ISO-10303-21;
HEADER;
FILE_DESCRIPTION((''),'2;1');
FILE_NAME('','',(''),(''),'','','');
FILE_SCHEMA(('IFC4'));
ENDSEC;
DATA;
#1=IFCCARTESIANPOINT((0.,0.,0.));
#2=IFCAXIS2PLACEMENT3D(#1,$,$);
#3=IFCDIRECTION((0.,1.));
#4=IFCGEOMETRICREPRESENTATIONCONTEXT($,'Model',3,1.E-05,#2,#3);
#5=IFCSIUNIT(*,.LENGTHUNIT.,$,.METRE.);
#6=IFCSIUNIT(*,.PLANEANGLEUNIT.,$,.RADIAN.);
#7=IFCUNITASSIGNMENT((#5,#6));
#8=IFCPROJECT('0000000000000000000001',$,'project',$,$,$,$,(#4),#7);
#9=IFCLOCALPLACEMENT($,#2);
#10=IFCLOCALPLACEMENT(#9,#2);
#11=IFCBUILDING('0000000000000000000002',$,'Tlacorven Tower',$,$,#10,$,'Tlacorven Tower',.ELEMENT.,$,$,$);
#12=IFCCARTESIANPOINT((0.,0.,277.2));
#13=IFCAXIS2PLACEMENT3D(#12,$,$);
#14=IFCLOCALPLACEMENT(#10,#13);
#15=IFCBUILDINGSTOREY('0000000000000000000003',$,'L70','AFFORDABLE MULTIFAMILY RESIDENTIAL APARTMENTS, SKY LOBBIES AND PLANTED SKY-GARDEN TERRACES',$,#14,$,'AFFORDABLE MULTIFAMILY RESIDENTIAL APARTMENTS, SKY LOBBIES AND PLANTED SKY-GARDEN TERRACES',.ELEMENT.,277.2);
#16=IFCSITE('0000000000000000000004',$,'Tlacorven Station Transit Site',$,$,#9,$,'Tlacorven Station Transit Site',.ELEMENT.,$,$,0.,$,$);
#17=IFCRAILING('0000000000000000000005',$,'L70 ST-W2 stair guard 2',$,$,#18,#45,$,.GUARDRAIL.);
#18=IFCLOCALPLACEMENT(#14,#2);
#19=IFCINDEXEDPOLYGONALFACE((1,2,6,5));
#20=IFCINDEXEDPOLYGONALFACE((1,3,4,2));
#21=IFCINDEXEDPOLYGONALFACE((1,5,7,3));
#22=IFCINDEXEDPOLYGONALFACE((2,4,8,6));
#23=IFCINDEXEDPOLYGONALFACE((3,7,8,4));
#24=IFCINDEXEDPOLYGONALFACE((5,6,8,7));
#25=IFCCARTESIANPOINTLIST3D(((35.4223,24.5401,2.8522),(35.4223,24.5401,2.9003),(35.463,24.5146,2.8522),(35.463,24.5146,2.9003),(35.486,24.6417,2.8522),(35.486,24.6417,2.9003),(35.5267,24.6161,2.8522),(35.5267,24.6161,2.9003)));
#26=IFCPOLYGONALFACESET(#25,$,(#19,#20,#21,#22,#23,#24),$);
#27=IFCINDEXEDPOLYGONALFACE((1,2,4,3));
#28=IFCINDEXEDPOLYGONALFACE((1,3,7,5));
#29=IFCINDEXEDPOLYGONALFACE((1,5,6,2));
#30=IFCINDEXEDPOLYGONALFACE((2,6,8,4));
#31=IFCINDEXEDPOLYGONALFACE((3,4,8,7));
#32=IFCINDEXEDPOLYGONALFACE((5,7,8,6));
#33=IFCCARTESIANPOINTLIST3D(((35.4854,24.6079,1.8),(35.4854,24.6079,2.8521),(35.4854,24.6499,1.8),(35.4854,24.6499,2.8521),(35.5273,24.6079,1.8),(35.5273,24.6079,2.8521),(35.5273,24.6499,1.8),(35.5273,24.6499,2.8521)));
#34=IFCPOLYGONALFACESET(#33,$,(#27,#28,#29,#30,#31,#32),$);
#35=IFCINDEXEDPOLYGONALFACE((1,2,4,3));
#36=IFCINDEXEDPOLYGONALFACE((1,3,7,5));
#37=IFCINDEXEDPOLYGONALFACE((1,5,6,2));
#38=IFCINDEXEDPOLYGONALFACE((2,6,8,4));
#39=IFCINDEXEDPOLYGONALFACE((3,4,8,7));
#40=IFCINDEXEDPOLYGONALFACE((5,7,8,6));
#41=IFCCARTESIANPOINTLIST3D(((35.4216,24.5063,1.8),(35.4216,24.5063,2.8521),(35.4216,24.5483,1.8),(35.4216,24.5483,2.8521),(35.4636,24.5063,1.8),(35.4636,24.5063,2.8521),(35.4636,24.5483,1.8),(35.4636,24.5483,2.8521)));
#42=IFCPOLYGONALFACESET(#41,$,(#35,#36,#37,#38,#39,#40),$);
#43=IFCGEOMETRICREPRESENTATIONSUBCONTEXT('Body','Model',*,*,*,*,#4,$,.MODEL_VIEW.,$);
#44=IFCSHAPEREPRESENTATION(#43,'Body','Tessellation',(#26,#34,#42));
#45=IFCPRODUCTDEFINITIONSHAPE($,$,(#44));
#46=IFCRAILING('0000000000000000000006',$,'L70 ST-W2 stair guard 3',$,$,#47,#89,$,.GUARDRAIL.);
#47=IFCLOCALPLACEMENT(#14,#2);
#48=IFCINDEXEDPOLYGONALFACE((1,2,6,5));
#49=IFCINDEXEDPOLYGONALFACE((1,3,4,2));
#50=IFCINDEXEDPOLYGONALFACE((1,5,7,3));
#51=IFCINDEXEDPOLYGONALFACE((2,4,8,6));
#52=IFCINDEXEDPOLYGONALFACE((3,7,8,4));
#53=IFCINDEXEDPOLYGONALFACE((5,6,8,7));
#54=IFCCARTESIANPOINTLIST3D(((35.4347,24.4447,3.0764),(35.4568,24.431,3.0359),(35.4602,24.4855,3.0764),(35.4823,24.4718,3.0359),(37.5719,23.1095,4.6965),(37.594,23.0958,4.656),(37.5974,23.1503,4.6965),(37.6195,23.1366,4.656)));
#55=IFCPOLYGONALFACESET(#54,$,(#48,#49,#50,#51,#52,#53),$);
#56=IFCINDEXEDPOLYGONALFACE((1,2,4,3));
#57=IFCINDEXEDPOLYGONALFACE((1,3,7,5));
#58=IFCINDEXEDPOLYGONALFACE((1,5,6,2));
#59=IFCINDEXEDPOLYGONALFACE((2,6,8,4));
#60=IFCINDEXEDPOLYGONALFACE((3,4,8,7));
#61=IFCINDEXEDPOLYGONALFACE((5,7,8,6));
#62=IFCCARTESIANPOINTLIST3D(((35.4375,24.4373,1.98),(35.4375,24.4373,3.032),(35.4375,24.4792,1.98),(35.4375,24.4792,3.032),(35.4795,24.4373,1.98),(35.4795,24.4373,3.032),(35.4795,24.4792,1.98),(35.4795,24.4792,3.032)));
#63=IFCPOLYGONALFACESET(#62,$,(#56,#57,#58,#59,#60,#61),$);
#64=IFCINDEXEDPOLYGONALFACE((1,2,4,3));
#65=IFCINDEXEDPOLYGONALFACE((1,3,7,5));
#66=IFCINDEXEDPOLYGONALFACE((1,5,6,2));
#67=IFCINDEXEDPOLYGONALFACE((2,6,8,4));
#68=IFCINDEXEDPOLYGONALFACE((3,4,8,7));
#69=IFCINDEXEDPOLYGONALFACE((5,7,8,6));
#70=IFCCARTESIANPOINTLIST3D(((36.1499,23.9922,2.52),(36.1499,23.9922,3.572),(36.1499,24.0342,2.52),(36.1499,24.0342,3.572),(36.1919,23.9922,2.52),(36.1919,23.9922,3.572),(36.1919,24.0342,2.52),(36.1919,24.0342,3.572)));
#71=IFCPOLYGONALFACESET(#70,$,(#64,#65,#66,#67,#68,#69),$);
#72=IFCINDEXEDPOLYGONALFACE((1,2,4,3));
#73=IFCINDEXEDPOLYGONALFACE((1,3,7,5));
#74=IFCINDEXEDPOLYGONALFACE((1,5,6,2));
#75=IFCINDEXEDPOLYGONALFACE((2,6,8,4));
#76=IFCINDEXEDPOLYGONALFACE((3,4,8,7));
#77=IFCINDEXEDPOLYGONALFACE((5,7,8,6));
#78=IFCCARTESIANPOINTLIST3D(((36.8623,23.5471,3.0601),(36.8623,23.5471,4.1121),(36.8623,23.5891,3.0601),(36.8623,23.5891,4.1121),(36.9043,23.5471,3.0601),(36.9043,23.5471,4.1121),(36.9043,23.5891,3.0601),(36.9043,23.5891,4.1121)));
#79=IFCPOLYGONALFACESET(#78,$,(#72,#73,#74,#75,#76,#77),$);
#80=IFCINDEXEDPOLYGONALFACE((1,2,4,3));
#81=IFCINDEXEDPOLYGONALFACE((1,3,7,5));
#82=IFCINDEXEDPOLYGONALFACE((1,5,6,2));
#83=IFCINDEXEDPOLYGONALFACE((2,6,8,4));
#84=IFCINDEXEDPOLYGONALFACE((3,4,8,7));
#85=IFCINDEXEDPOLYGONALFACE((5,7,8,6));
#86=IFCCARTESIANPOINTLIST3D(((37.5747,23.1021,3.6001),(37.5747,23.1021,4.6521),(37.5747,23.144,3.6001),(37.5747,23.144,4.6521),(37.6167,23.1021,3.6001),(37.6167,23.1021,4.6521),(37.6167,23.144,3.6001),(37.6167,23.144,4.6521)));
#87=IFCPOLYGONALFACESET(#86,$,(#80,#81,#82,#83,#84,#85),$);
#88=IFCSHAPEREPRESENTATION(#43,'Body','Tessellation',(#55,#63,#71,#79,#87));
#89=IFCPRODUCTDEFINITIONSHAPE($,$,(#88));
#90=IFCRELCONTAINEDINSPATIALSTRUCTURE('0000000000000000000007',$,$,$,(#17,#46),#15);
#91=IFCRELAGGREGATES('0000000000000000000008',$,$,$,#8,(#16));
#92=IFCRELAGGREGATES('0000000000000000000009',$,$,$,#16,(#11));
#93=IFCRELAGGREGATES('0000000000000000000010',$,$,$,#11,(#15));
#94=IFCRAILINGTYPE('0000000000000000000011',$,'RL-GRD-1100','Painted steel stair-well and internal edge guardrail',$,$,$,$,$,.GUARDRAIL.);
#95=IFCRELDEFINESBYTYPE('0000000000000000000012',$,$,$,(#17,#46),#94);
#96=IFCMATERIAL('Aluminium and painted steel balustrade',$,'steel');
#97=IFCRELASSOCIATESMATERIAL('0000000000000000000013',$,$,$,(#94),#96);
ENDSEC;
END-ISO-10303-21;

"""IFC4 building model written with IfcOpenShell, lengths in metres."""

from ifc_helpers import new_model, si_unit, direction, frame, origin, origin_2d, place, context, subcontext, project, spatial, rectangle, extrude, source, transform, mapped, material, type_object, element, save


model = new_model("IFC4")

# Units and contexts
model_context = context("Model", 3, precision=1e-05, world=origin(), true_north=direction((0.0, 1.0)))
body_context = subcontext(model_context, "Body", "Model", "MODEL_VIEW")
ifc_project = project(units=[si_unit("LENGTHUNIT", "METRE"), si_unit("PLANEANGLEUNIT", "RADIAN")], contexts=[model_context])

# Site, building, storey
site_placement = place(None, origin())
site = spatial("IfcSite", under=ifc_project, at=site_placement, Name="Tlacorven Station Transit Site", LongName="Tlacorven Station Transit Site", CompositionType="ELEMENT", RefElevation=0.0)
building_placement = place(site_placement, origin())
building = spatial("IfcBuilding", under=site, at=building_placement, Name="Tlacorven Tower", LongName="Tlacorven Tower", CompositionType="ELEMENT")
storey_placement = place(building_placement, frame((0.0, 0.0, 277.2)))
storey = spatial("IfcBuildingStorey", under=building, at=storey_placement, Name="L70", Description="AFFORDABLE MULTIFAMILY RESIDENTIAL APARTMENTS, SKY LOBBIES AND PLANTED SKY-GARDEN TERRACES", LongName="AFFORDABLE MULTIFAMILY RESIDENTIAL APARTMENTS, SKY LOBBIES AND PLANTED SKY-GARDEN TERRACES", CompositionType="ELEMENT", Elevation=277.2)

# Railings
ifc_material_1 = material(Name="Aluminium and painted steel balustrade", Category="steel")
railing_type_1 = type_object("IfcRailingType", Name="RL-GRD-1100", Description="Painted steel stair-well and internal edge guardrail", PredefinedType="GUARDRAIL", material=ifc_material_1)
shared_shape_1 = source(origin(), body_context, "Body", "SweptSolid", [
    extrude(rectangle(XDim=0.0481, YDim=0.0481, at=origin_2d()), frame((0.0, 0.0, 1.0762), z_axis=(-0.531462, -0.847082, 0.0), x_axis=(0.847082, -0.531462, 0.0)), (0.0, 0.0, 1.0), 0.1199),
    extrude(rectangle(XDim=0.042, YDim=0.042, at=origin_2d()), origin(), (0.0, 0.0, 1.0), 1.052),
    extrude(rectangle(XDim=0.042, YDim=0.042, at=origin_2d()), frame((-0.0637, -0.1016, 0.0)), (0.0, 0.0, 1.0), 1.052),
])
railing_1_placement = place(storey_placement, frame((35.5063, 24.6289, 1.8)))
element("IfcRailing", 1, at=railing_1_placement, inside=storey, type_object=railing_type_1, Name="L70 ST-W2 stair guard 2", PredefinedType="GUARDRAIL", context=body_context, shape_type="MappedRepresentation", body=[
    mapped(shared_shape_1, transform((0.0, 0.0, 0.0), scale=1.0)),
])
shared_shape_2 = source(origin(), body_context, "Body", "SweptSolid", [
    extrude(rectangle(XDim=0.0481, YDim=0.0481, at=origin_2d()), frame((0.0, 0.0, 1.0762), z_axis=(0.713386, -0.445683, 0.540784), x_axis=(0.529842, 0.848096, 0.0)), (0.0, 0.0, 1.0), 2.9958),
    extrude(rectangle(XDim=0.042, YDim=0.042, at=origin_2d()), origin(), (0.0, 0.0, 1.0), 1.052),
    extrude(rectangle(XDim=0.042, YDim=0.042, at=origin_2d()), frame((0.7124, -0.4451, 0.54)), (0.0, 0.0, 1.0), 1.052),
    extrude(rectangle(XDim=0.042, YDim=0.042, at=origin_2d()), frame((1.4248, -0.8901, 1.0801)), (0.0, 0.0, 1.0), 1.052),
    extrude(rectangle(XDim=0.042, YDim=0.042, at=origin_2d()), frame((2.1372, -1.3352, 1.6201)), (0.0, 0.0, 1.0), 1.052),
])
railing_2_placement = place(storey_placement, frame((35.4585, 24.4583, 1.98)))
element("IfcRailing", 2, at=railing_2_placement, inside=storey, type_object=railing_type_1, Name="L70 ST-W2 stair guard 3", PredefinedType="GUARDRAIL", context=body_context, shape_type="MappedRepresentation", body=[
    mapped(shared_shape_2, transform((0.0, 0.0, 0.0), scale=1.0)),
])

save(model, "model.ifc")
